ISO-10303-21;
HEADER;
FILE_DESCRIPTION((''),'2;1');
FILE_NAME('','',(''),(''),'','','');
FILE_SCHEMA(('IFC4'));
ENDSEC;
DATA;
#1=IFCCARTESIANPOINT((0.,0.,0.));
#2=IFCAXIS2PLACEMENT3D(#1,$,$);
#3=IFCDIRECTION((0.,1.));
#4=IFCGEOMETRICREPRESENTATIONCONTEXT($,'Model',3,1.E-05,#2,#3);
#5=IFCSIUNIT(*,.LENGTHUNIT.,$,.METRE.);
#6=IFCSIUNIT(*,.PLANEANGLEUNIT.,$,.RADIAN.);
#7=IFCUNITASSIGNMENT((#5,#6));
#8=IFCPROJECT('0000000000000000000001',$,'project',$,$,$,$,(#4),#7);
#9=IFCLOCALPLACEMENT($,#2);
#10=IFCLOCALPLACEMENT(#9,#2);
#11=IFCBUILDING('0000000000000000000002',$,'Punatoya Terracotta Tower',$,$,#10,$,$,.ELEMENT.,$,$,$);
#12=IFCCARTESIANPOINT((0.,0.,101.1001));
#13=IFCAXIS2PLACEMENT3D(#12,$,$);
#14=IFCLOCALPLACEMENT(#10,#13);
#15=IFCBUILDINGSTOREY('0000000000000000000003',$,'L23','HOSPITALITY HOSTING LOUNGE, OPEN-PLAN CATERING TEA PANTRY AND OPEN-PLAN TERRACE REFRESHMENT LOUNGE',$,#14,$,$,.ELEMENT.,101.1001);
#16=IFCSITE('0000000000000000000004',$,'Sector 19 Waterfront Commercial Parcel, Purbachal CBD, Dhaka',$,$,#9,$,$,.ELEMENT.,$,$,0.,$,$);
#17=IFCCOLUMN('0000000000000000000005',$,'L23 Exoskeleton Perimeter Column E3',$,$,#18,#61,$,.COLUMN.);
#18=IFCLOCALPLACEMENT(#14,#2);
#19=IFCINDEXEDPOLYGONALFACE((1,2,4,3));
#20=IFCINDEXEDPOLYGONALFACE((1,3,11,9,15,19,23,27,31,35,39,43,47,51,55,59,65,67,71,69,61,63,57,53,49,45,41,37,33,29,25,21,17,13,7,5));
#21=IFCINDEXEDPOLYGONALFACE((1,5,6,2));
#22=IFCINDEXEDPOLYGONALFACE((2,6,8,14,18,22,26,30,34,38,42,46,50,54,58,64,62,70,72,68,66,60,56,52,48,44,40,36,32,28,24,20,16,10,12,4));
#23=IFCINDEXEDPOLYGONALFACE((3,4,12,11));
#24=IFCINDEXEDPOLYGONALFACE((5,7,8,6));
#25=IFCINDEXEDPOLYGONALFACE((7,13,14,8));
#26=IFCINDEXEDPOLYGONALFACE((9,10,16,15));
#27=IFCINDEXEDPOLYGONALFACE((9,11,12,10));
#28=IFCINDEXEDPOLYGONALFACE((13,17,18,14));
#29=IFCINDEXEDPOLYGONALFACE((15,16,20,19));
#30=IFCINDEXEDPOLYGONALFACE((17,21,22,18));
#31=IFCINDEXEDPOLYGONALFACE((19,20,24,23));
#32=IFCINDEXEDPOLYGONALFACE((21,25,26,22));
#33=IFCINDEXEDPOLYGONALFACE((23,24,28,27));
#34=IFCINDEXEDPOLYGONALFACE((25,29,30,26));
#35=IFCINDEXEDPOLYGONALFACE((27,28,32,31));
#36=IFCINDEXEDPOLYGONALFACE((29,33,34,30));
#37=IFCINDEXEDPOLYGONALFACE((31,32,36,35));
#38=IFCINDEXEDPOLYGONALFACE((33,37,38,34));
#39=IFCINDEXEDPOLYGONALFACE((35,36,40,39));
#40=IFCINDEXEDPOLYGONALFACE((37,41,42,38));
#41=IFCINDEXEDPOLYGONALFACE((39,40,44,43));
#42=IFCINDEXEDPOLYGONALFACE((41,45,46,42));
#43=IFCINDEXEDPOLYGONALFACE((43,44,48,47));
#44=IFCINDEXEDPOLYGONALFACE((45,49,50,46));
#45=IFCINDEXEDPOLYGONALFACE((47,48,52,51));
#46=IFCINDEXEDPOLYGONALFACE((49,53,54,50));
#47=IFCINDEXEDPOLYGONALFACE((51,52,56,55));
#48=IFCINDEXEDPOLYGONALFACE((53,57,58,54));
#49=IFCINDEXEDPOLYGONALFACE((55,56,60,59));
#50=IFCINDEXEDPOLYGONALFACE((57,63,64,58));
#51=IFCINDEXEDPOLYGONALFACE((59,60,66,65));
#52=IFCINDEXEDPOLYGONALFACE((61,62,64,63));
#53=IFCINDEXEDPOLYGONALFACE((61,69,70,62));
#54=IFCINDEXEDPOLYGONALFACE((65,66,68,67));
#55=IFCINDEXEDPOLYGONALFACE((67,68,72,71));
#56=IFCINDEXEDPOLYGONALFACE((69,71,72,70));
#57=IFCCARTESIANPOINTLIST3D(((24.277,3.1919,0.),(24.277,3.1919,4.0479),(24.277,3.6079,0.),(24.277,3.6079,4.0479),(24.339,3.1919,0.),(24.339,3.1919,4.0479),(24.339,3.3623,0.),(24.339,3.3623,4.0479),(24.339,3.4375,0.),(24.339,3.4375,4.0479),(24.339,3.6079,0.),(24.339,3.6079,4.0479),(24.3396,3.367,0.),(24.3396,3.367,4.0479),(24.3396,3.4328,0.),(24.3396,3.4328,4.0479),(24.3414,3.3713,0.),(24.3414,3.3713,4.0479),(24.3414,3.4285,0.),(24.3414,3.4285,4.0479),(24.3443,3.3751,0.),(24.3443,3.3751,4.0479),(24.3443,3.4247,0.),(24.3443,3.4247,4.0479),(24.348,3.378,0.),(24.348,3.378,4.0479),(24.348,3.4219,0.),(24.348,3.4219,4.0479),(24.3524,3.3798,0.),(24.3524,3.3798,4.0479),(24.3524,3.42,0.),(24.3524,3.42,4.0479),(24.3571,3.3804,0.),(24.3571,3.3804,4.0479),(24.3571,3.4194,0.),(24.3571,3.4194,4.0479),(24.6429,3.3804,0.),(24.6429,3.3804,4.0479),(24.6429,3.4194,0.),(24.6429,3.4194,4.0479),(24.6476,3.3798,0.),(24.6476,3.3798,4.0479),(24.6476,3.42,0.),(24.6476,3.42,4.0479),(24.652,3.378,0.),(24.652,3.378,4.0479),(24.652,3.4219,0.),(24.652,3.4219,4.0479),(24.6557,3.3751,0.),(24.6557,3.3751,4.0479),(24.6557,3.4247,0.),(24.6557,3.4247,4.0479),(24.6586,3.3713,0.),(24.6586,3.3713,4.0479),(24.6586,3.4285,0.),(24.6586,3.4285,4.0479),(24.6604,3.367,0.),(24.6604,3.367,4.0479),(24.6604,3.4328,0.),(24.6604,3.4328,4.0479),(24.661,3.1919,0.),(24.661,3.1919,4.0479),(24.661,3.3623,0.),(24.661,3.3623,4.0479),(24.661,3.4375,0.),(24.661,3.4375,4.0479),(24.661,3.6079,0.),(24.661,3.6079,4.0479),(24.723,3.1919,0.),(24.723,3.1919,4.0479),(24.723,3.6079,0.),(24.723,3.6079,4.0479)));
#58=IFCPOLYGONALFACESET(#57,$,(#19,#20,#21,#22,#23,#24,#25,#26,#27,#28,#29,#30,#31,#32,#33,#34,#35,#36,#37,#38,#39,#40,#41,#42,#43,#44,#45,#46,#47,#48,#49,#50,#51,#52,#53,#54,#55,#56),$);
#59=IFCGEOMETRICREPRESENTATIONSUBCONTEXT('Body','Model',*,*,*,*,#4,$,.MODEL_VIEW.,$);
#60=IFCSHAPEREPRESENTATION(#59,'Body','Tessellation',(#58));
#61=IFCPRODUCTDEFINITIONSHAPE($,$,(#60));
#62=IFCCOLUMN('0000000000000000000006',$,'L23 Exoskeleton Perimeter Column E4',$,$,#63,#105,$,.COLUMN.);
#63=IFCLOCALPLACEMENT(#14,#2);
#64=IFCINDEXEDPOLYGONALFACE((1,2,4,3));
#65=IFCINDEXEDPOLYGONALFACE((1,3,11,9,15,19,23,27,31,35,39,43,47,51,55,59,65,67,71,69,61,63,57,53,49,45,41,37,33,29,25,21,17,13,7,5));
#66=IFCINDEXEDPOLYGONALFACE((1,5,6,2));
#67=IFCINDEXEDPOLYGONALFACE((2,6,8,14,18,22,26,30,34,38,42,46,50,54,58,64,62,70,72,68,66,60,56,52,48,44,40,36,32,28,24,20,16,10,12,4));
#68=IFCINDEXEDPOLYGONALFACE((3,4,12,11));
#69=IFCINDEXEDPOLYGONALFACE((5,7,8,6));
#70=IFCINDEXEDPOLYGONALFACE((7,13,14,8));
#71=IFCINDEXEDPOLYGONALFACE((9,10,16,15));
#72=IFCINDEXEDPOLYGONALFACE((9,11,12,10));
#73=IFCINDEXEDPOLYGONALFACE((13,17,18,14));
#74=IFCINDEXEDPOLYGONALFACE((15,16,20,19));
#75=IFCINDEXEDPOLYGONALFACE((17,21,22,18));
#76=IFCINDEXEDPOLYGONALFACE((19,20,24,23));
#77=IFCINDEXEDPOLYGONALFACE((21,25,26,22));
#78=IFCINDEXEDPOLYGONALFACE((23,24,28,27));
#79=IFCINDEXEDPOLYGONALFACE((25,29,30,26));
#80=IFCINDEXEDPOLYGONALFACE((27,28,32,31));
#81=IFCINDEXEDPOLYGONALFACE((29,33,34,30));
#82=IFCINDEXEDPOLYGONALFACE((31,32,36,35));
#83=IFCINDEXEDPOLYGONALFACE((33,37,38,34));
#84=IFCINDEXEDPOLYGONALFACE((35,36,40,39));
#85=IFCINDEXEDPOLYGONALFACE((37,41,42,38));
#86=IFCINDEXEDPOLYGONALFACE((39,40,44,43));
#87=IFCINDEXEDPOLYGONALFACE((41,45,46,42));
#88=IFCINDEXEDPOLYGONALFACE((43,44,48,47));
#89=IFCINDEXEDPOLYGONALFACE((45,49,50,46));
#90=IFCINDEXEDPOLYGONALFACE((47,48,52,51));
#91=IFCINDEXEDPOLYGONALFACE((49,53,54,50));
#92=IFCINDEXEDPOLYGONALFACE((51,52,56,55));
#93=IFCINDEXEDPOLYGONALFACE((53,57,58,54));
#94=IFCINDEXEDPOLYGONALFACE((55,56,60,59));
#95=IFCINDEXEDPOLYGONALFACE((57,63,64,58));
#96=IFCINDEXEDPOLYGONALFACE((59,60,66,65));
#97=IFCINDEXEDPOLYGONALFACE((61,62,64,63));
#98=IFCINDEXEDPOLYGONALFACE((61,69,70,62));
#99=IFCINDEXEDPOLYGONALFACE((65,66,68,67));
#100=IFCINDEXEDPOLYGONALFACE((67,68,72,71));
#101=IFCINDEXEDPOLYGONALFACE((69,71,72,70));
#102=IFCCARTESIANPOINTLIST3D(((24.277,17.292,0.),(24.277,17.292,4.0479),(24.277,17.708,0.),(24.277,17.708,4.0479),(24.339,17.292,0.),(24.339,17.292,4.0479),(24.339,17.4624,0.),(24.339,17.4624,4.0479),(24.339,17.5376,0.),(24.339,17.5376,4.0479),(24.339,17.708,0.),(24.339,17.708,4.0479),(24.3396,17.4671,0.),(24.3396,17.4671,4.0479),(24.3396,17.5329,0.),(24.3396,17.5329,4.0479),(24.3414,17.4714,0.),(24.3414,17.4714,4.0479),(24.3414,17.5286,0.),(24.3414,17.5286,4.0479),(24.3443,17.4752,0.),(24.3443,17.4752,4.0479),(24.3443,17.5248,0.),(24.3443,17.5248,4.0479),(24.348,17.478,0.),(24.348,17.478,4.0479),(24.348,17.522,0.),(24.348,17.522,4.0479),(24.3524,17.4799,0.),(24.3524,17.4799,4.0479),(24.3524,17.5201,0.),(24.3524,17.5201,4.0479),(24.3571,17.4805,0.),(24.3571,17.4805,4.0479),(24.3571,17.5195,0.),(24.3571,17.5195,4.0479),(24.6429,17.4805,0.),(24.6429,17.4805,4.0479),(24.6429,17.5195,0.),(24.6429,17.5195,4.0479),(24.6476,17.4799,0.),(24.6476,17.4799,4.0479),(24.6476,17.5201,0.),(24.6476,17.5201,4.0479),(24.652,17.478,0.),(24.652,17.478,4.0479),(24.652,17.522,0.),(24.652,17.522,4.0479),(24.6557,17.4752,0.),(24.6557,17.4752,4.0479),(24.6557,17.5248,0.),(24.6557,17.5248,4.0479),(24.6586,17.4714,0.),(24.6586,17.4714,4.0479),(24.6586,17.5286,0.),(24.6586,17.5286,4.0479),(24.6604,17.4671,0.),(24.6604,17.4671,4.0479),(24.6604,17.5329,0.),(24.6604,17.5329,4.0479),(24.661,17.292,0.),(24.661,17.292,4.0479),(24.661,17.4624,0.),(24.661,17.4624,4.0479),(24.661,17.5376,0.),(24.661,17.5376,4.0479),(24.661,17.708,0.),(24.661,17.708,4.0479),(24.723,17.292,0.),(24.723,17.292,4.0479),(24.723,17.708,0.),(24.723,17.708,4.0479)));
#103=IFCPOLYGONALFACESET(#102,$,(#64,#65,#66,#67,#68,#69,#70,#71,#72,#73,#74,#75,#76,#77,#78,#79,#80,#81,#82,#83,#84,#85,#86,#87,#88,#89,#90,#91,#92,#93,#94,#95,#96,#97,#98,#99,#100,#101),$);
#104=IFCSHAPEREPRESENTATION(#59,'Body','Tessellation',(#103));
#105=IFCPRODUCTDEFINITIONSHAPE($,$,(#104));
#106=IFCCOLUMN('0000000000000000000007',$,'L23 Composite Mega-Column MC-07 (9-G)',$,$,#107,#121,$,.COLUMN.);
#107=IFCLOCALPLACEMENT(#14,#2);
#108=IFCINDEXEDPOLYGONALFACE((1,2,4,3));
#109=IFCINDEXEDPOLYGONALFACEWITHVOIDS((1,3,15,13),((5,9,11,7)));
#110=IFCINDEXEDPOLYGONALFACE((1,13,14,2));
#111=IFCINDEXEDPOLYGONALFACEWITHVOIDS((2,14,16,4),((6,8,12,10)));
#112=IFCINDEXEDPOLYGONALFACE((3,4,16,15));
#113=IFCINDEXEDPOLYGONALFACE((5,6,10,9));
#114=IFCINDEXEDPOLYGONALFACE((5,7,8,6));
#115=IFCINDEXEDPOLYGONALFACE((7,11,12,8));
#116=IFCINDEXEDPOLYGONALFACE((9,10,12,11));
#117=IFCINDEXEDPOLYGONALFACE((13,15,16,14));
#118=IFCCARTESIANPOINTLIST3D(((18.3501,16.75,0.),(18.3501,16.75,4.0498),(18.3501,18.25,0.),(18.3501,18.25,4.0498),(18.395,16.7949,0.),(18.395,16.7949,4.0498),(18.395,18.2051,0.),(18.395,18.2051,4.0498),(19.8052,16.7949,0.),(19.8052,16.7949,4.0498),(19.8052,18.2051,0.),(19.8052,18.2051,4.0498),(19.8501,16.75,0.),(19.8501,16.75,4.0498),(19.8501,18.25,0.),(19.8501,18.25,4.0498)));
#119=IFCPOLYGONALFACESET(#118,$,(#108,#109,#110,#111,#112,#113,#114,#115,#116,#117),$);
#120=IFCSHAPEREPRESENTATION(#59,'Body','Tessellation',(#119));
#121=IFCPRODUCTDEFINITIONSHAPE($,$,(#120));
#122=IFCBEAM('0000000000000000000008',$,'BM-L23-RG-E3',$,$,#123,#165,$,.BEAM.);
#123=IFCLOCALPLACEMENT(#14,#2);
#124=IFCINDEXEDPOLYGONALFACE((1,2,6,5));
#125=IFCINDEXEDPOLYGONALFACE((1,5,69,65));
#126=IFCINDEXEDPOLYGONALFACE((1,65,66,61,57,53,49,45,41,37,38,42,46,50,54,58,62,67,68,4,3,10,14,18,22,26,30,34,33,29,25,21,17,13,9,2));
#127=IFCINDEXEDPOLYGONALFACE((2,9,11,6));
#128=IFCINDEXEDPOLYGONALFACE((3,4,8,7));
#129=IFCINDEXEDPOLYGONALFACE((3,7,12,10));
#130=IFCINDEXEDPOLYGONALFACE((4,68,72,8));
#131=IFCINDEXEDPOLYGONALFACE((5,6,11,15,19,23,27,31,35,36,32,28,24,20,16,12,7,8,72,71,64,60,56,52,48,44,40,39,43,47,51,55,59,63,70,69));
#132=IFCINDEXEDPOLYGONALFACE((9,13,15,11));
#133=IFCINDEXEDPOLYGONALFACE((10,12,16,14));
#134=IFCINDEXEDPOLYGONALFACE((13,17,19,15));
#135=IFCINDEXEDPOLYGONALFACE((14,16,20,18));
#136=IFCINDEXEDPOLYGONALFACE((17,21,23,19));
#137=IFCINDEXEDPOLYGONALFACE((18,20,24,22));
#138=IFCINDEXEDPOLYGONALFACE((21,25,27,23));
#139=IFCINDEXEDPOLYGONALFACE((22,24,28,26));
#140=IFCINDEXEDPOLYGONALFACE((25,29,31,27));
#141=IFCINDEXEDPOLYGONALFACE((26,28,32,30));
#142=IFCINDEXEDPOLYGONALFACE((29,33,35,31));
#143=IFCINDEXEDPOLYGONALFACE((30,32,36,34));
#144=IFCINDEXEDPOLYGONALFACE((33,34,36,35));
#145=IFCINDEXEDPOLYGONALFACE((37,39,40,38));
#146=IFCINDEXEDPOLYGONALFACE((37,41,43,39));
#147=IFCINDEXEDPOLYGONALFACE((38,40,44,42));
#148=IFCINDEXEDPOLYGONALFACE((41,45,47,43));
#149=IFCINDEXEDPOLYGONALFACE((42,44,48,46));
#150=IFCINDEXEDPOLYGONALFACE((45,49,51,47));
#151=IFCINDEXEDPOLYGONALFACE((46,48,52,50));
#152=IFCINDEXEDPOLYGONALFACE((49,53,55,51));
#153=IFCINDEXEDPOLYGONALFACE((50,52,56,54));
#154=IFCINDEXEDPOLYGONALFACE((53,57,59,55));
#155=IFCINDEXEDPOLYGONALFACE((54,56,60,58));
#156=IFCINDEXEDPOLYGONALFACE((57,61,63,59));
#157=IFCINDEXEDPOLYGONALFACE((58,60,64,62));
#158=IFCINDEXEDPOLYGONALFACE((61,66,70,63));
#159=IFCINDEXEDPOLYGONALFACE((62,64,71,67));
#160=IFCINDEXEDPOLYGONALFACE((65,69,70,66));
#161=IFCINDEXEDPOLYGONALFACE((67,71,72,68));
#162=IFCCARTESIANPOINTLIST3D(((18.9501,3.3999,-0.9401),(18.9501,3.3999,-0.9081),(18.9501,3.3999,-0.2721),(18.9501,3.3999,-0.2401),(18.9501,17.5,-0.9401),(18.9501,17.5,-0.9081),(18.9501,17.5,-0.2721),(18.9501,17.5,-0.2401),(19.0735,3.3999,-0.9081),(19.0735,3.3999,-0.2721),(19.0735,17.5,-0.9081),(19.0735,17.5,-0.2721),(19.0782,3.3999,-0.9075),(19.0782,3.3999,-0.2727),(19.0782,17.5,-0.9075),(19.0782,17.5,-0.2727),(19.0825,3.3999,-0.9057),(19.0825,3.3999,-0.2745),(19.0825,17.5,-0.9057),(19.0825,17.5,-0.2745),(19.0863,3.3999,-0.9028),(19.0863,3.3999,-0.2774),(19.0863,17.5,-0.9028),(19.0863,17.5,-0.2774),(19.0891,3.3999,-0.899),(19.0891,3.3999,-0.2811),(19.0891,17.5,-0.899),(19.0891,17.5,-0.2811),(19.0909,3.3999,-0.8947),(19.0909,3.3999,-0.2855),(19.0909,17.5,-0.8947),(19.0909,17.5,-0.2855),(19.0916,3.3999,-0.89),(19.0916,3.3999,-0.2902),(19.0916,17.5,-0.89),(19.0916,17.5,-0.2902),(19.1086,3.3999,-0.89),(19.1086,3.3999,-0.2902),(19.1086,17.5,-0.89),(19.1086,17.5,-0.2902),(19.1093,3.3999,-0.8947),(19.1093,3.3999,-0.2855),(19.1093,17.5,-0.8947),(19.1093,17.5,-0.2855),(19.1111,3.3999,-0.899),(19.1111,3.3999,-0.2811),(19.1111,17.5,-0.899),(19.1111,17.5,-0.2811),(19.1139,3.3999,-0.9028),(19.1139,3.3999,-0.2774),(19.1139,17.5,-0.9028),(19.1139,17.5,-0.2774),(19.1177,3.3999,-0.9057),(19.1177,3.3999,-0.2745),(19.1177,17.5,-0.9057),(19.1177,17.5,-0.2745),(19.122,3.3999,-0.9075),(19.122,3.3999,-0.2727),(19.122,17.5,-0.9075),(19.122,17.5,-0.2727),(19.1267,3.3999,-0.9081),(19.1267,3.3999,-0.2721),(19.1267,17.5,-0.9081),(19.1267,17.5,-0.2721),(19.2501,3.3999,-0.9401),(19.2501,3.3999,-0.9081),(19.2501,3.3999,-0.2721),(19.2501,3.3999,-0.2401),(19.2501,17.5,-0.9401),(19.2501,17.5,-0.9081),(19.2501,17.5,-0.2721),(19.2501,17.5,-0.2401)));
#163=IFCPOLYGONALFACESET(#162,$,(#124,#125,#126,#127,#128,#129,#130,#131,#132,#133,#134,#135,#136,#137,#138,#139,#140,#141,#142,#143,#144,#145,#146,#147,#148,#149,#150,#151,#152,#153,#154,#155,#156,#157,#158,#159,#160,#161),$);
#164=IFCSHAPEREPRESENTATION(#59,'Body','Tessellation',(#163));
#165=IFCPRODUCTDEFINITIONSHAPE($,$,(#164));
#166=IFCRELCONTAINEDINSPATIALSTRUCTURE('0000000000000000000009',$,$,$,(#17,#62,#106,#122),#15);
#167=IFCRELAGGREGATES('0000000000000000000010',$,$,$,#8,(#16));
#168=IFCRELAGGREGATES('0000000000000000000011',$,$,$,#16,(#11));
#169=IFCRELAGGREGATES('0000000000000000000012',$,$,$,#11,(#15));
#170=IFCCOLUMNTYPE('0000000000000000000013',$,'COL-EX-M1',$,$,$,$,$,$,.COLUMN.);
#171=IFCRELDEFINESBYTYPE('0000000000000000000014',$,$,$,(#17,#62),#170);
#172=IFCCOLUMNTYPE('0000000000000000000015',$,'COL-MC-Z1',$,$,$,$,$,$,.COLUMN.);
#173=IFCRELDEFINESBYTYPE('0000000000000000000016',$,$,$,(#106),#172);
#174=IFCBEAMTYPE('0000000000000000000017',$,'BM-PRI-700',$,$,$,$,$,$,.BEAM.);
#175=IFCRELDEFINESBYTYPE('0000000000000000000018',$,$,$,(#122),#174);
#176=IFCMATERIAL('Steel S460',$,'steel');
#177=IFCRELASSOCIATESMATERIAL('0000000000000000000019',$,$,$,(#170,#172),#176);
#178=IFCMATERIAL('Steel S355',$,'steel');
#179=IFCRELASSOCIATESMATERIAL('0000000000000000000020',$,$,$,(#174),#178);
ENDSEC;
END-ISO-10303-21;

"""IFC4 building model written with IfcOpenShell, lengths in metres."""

from ifc_helpers import new_model, si_unit, direction, frame, origin, origin_2d, place, context, subcontext, project, spatial, hollow_rectangle, i_section, extrude, material, material_profile, profile_set, type_object, element, save


model = new_model("IFC4")

# Units and contexts
model_context = context("Model", 3, precision=1e-05, world=origin(), true_north=direction((0.0, 1.0)))
body_context = subcontext(model_context, "Body", "Model", "MODEL_VIEW")
ifc_project = project(units=[si_unit("LENGTHUNIT", "METRE"), si_unit("PLANEANGLEUNIT", "RADIAN")], contexts=[model_context])

# Site, building, storey
site_placement = place(None, origin())
site = spatial("IfcSite", under=ifc_project, at=site_placement, Name="Sector 19 Waterfront Commercial Parcel, Purbachal CBD, Dhaka", CompositionType="ELEMENT", RefElevation=0.0)
building_placement = place(site_placement, origin())
building = spatial("IfcBuilding", under=site, at=building_placement, Name="Punatoya Terracotta Tower", CompositionType="ELEMENT")
storey_placement = place(building_placement, frame((0.0, 0.0, 101.1001)))
storey = spatial("IfcBuildingStorey", under=building, at=storey_placement, Name="L23", Description="HOSPITALITY HOSTING LOUNGE, OPEN-PLAN CATERING TEA PANTRY AND OPEN-PLAN TERRACE REFRESHMENT LOUNGE", CompositionType="ELEMENT", Elevation=101.1001)

# Columns
ifc_material_1 = material(Name="Steel S460", Category="steel")
ifc_material_profile_1 = material_profile(ifc_material_1, i_section(OverallWidth=0.416, OverallDepth=0.446, WebThickness=0.0391, FlangeThickness=0.062, FilletRadius=0.0181, at=origin_2d()))
ifc_profile_set_1 = profile_set([ifc_material_profile_1], Name="Steel S460")
column_type_1 = type_object("IfcColumnType", Name="COL-EX-M1", PredefinedType="COLUMN", material=ifc_profile_set_1)
for number, where, z_axis, x_axis, name in (
    (1, (24.5, 3.3999, 0.0), (0.0, 0.0, 1.0), (0.0, 1.0, 0.0), "L23 Exoskeleton Perimeter Column E3"),
    (2, (24.5, 17.5, 0.0), (0.0, 0.0, 1.0), (0.0, 1.0, 0.0), "L23 Exoskeleton Perimeter Column E4"),
):
    element("IfcColumn", number, at=place(storey_placement, frame(where, z_axis=z_axis, x_axis=x_axis)), inside=storey, type_object=column_type_1, Name=name, PredefinedType="COLUMN", context=body_context, shape_type="SweptSolid", body=[
        extrude(i_section(OverallWidth=0.416, OverallDepth=0.446, WebThickness=0.0391, FlangeThickness=0.062, FilletRadius=0.0181, at=origin_2d()), origin(), (0.0, 0.0, 1.0), 4.0479),
    ])
ifc_material_profile_2 = material_profile(ifc_material_1, hollow_rectangle(XDim=1.5, YDim=1.5, WallThickness=0.0449, at=origin_2d()))
ifc_profile_set_2 = profile_set([ifc_material_profile_2], Name="Steel S460")
column_type_2 = type_object("IfcColumnType", Name="COL-MC-Z1", PredefinedType="COLUMN", material=ifc_profile_set_2)
column_placement = place(storey_placement, frame((19.1001, 17.5, 0.0), z_axis=(0.0, 0.0, 1.0), x_axis=(1.0, 0.0, 0.0)))
element("IfcColumn", 3, at=column_placement, inside=storey, type_object=column_type_2, Name="L23 Composite Mega-Column MC-07 (9-G)", PredefinedType="COLUMN", context=body_context, shape_type="SweptSolid", body=[
    extrude(hollow_rectangle(XDim=1.5, YDim=1.5, WallThickness=0.0449, at=origin_2d()), origin(), (0.0, 0.0, 1.0), 4.0498),
])

# Beam
ifc_material_2 = material(Name="Steel S355", Category="steel")
ifc_material_profile_3 = material_profile(ifc_material_2, i_section(OverallWidth=0.3, OverallDepth=0.7, WebThickness=0.0171, FlangeThickness=0.032, FilletRadius=0.0181, at=origin_2d()))
ifc_profile_set_3 = profile_set([ifc_material_profile_3], Name="Steel S355")
beam_type_1 = type_object("IfcBeamType", Name="BM-PRI-700", PredefinedType="BEAM", material=ifc_profile_set_3)
beam_1_placement = place(storey_placement, frame((19.1001, 3.3999, -0.5901), z_axis=(0.0, 1.0, 0.0), x_axis=(-1.0, 0.0, 0.0)))
element("IfcBeam", 4, at=beam_1_placement, inside=storey, type_object=beam_type_1, Name="BM-L23-RG-E3", PredefinedType="BEAM", context=body_context, shape_type="SweptSolid", body=[
    extrude(i_section(OverallWidth=0.3, OverallDepth=0.7, WebThickness=0.0171, FlangeThickness=0.032, FilletRadius=0.0181, at=origin_2d()), origin(), (0.0, 0.0, 1.0), 14.1001),
])

save(model, "model.ifc")
